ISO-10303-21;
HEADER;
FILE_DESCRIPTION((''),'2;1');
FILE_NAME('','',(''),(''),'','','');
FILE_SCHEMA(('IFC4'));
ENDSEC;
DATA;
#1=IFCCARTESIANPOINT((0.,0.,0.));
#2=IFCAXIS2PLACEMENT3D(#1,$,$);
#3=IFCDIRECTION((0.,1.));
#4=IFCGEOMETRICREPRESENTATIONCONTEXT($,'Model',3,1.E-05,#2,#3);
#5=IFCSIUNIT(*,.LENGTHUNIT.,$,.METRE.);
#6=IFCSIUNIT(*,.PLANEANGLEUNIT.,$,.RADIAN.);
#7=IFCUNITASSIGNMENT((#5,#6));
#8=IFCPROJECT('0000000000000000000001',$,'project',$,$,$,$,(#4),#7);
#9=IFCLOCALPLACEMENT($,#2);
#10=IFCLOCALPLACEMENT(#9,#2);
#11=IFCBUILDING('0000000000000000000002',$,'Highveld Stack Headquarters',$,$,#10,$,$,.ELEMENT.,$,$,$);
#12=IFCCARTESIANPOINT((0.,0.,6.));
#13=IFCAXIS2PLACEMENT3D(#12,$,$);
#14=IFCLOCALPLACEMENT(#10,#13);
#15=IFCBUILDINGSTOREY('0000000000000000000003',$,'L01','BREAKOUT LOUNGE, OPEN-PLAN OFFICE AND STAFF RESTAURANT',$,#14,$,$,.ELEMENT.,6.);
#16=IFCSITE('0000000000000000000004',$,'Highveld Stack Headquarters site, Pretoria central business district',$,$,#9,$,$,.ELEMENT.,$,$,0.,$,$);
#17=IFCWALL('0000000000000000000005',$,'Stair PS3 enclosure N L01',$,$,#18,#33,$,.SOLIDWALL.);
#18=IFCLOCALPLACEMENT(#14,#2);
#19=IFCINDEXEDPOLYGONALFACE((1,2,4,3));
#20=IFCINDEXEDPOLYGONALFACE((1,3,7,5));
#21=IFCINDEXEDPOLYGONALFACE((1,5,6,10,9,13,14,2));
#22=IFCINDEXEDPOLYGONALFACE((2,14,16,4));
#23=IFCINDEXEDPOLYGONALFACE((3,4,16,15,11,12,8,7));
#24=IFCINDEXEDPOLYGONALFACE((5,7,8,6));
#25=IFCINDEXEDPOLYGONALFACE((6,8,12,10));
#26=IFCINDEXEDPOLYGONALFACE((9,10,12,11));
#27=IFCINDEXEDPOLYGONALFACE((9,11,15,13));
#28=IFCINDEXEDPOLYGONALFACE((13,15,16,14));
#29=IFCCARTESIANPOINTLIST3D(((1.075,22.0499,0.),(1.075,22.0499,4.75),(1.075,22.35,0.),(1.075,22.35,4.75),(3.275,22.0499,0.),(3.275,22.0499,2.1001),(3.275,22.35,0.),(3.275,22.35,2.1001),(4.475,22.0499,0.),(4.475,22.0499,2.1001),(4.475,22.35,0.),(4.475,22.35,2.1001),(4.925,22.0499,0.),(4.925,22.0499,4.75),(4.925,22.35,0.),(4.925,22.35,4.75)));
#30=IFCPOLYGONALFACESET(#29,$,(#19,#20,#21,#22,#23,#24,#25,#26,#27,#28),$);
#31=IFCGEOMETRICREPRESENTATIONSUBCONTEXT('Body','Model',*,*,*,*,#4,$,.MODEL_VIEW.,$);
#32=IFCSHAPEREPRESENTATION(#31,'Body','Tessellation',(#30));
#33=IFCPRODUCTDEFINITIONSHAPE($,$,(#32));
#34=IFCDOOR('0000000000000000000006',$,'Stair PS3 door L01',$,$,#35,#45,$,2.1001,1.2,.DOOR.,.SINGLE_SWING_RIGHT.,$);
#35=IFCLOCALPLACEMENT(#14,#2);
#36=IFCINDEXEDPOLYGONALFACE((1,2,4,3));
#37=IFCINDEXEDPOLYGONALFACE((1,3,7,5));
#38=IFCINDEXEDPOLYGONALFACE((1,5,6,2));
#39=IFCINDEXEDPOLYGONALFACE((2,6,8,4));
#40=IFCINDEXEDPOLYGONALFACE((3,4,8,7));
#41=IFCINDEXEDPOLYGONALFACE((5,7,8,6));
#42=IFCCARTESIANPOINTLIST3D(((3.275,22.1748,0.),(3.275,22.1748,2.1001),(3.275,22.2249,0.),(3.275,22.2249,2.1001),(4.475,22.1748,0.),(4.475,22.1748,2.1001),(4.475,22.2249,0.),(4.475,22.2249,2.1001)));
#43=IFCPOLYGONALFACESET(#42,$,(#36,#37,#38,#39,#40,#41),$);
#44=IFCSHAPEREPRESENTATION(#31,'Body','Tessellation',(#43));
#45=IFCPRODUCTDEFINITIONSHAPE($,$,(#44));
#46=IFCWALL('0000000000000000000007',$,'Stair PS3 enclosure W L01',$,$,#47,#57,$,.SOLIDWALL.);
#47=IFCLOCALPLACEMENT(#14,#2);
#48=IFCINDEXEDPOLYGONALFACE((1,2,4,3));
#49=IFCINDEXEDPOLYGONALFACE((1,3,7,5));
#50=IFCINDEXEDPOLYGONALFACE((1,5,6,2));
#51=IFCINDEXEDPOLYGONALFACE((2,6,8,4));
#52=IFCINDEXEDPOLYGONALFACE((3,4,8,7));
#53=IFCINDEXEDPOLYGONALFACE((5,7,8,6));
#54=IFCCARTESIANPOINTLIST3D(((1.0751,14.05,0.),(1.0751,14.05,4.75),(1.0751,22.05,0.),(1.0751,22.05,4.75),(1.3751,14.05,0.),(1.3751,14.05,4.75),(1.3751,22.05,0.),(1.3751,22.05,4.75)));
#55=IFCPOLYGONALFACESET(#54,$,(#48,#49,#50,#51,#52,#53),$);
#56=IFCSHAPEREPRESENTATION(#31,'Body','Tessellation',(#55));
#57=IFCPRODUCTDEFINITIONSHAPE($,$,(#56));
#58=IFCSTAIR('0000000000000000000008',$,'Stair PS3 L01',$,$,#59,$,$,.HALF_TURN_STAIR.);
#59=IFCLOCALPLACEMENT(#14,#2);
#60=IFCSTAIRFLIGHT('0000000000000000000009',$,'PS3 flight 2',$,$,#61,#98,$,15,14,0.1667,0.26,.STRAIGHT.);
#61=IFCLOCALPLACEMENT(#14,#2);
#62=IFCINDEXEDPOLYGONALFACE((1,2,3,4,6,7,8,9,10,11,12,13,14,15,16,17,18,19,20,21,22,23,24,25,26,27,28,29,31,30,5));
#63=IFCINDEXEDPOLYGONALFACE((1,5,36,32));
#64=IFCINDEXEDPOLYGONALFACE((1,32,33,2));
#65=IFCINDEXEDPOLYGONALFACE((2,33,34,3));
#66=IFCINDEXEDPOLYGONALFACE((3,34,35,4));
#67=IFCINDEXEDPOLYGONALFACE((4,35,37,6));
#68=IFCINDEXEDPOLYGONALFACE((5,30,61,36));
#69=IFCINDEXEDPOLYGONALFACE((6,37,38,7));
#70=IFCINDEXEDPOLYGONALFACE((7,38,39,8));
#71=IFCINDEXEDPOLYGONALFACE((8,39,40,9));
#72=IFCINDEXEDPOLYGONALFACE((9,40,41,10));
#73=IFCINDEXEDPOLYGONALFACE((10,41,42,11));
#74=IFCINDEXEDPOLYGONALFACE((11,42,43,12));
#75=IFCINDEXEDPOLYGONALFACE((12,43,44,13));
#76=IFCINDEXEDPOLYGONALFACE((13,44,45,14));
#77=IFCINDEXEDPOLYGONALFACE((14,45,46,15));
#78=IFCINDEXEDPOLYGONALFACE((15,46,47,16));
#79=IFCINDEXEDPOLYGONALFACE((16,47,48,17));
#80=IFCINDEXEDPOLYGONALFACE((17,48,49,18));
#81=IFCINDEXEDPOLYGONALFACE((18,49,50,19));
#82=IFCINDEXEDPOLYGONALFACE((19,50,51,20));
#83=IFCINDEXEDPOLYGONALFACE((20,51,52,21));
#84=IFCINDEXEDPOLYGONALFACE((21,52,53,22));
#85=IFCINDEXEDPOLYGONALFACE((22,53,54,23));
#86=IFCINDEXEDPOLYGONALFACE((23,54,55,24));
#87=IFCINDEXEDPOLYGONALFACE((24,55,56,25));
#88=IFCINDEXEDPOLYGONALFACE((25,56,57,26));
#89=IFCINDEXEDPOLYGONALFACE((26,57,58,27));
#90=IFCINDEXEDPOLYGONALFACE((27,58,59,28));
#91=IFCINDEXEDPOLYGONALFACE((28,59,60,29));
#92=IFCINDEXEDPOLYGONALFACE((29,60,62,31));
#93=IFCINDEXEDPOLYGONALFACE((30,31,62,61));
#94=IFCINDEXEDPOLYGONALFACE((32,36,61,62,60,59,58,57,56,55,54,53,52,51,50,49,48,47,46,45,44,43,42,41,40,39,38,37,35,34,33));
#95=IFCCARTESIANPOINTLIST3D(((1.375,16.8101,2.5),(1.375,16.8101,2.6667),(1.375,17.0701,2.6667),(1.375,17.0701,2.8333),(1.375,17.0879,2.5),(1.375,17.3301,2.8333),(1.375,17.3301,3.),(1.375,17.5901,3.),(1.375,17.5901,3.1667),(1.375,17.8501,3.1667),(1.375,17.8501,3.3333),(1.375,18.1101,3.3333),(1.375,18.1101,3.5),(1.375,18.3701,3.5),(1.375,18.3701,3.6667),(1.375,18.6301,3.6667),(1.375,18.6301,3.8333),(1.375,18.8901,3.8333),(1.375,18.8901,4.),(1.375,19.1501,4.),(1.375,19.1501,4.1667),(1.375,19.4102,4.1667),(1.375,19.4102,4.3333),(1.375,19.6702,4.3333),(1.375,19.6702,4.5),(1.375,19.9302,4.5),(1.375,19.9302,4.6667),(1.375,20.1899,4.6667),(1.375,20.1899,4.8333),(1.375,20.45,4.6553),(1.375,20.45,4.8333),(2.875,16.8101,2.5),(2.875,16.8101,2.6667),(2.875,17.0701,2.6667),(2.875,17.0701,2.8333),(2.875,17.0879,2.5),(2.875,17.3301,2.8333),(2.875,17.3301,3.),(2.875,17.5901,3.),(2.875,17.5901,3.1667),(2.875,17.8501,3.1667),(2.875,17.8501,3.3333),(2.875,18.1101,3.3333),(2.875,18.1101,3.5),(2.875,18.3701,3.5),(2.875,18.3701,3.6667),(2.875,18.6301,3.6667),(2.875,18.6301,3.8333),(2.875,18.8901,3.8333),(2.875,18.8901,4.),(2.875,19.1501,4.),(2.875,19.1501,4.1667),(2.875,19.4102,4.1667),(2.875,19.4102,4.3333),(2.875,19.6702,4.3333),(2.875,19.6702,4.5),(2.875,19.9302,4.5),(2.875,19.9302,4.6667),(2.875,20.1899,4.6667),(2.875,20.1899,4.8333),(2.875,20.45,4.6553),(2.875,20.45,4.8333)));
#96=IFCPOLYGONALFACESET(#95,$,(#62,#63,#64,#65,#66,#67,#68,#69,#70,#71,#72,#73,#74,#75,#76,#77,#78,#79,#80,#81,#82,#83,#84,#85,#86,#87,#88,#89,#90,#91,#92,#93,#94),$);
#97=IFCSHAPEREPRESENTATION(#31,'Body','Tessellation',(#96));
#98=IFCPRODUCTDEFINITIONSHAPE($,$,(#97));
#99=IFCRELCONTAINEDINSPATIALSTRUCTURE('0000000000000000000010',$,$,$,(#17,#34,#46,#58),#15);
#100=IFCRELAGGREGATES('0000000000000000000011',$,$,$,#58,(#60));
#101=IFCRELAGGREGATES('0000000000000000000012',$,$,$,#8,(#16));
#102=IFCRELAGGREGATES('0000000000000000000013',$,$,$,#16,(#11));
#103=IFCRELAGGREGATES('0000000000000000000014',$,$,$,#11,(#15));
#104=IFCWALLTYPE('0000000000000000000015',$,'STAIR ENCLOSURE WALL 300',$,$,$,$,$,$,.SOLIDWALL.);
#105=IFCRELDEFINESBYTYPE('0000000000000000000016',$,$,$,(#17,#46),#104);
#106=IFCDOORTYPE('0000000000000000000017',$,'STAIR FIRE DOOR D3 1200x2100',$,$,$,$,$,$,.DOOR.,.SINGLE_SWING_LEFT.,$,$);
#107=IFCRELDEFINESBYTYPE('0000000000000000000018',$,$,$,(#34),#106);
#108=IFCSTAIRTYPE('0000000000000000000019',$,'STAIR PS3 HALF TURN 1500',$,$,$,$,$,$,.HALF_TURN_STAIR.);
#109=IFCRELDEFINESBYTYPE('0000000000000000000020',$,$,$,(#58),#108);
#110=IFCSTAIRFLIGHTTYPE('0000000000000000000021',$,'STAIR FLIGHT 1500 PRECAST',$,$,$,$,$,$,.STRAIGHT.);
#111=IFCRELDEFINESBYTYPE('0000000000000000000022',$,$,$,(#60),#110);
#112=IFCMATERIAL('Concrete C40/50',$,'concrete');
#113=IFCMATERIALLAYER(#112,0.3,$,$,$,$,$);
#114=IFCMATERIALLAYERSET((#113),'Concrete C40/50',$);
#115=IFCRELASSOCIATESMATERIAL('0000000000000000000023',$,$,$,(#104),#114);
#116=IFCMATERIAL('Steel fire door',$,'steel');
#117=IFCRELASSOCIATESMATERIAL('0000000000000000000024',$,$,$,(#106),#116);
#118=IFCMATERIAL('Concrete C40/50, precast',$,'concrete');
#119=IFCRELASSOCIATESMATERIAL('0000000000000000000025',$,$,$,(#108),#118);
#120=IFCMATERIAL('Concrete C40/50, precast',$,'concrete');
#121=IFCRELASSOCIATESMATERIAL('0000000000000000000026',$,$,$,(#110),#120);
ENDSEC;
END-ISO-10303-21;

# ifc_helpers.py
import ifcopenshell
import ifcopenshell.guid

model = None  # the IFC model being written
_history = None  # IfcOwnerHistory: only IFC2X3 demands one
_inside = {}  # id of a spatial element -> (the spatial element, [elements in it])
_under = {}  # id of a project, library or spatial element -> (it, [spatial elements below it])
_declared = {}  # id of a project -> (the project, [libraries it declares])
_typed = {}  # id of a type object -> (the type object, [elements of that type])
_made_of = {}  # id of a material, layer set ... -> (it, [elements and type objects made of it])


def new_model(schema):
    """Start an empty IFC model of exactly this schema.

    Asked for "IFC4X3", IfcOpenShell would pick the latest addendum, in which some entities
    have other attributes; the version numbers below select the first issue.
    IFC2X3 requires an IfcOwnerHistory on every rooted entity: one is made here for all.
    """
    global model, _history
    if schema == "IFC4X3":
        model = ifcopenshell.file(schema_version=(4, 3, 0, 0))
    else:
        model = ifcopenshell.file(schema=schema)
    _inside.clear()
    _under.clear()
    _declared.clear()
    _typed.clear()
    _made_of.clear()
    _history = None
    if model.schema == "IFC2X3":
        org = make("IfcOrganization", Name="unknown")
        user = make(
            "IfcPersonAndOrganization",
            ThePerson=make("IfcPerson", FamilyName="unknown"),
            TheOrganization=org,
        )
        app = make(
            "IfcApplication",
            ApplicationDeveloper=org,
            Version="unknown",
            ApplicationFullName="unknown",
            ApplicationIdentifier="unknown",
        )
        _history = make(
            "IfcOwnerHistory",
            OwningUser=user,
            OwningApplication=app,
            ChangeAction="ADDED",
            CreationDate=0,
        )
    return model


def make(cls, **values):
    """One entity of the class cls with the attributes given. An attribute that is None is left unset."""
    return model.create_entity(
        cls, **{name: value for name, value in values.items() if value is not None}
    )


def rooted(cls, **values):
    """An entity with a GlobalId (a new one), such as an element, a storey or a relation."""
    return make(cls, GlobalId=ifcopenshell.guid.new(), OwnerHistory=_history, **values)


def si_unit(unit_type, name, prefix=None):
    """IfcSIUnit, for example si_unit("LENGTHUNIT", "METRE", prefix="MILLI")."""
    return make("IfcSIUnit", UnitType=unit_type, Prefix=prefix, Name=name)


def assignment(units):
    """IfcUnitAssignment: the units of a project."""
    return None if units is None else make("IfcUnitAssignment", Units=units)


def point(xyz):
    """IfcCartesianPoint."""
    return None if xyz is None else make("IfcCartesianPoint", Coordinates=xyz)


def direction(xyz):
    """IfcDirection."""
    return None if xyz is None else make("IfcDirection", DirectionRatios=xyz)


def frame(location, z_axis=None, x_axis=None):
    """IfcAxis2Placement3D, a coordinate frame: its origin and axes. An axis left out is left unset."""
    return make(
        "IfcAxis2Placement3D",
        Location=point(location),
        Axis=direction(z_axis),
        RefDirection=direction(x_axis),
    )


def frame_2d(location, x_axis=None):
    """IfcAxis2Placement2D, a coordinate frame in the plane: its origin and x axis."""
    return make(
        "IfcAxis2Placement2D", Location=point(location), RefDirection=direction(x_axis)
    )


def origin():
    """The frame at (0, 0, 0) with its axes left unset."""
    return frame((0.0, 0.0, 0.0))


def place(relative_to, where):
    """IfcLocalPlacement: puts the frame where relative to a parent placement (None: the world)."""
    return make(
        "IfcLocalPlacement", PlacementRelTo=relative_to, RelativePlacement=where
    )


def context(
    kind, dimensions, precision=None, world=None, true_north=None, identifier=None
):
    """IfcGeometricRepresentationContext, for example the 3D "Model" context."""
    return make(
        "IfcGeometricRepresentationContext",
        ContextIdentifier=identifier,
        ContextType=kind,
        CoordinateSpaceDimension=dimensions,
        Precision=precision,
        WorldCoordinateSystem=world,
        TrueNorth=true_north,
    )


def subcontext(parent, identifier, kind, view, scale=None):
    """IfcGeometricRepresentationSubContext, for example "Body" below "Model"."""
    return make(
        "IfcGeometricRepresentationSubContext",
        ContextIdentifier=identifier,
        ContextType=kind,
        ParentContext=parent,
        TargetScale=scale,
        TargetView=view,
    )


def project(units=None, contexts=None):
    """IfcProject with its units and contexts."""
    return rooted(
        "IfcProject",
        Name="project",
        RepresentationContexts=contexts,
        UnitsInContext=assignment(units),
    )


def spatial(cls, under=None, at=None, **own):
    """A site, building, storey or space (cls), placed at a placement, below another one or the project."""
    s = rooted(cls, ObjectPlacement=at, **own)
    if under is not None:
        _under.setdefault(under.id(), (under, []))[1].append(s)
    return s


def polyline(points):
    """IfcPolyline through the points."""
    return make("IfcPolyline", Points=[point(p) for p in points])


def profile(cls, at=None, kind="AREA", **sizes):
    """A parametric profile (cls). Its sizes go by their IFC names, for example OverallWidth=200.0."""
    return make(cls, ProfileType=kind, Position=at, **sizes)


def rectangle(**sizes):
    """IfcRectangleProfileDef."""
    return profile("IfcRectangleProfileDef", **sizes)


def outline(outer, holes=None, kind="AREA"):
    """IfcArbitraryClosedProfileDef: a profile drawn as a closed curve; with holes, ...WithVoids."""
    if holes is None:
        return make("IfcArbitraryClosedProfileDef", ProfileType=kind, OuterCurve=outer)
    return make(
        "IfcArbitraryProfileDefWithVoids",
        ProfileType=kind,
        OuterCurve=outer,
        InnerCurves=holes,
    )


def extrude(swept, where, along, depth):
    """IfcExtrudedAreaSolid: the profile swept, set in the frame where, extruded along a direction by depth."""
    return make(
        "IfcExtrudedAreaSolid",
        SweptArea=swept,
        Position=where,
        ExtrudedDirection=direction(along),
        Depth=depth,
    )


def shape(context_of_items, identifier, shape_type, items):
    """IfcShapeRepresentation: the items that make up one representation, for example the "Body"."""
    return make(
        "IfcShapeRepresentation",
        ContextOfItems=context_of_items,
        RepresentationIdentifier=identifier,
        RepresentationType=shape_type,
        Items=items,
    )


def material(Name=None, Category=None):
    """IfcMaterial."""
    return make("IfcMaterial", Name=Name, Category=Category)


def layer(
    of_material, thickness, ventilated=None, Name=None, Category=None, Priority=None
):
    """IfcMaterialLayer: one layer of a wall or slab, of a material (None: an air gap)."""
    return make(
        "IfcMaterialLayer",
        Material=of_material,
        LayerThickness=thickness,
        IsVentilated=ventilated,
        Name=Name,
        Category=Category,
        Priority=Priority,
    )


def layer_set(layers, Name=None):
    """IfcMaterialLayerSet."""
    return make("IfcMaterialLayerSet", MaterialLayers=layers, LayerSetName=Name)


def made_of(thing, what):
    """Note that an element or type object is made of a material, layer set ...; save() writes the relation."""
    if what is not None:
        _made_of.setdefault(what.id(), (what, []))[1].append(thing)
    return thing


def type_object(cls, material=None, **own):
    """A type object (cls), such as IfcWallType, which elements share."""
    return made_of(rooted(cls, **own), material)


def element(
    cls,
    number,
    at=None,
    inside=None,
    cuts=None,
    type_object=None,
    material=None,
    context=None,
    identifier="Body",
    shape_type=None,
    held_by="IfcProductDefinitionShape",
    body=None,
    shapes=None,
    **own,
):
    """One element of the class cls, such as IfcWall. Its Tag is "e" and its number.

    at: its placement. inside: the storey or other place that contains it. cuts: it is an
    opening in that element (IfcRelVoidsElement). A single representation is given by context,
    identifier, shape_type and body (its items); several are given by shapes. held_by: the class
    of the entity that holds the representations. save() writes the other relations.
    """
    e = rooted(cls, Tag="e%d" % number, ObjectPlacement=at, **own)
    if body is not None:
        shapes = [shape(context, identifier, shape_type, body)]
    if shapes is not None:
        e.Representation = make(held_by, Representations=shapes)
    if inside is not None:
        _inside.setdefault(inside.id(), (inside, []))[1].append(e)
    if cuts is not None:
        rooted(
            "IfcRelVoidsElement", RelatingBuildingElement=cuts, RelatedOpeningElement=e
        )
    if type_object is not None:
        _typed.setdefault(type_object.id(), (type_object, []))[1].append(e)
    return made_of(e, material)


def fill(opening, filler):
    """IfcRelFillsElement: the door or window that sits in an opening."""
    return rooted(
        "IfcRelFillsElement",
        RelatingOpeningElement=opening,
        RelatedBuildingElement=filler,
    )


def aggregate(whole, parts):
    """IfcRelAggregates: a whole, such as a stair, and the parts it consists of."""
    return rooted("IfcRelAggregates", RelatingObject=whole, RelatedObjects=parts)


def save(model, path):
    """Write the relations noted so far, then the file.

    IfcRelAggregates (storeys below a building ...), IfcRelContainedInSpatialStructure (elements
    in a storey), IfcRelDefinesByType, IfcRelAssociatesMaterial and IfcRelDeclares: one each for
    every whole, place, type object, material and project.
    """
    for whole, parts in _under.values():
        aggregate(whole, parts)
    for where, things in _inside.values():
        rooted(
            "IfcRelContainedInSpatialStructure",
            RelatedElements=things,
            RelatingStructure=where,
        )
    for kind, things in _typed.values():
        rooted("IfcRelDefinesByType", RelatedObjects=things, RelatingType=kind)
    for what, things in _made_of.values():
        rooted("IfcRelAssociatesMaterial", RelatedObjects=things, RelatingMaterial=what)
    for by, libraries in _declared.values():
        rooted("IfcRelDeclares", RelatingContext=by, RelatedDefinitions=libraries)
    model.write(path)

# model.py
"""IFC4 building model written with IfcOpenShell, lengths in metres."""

from ifc_helpers import new_model, si_unit, direction, frame, frame_2d, origin, place, context, subcontext, project, spatial, polyline, rectangle, outline, extrude, material, layer, layer_set, type_object, element, fill, aggregate, save


model = new_model("IFC4")

# Units and contexts
model_context = context("Model", 3, precision=1e-05, world=origin(), true_north=direction((0.0, 1.0)))
body_context = subcontext(model_context, "Body", "Model", "MODEL_VIEW")
ifc_project = project(units=[si_unit("LENGTHUNIT", "METRE"), si_unit("PLANEANGLEUNIT", "RADIAN")], contexts=[model_context])

# Site, building, storey
site_placement = place(None, origin())
site = spatial("IfcSite", under=ifc_project, at=site_placement, Name="Highveld Stack Headquarters site, Pretoria central business district", CompositionType="ELEMENT", RefElevation=0.0)
building_placement = place(site_placement, origin())
building = spatial("IfcBuilding", under=site, at=building_placement, Name="Highveld Stack Headquarters", CompositionType="ELEMENT")
storey_placement = place(building_placement, frame((0.0, 0.0, 6.0)))
storey = spatial("IfcBuildingStorey", under=building, at=storey_placement, Name="L01", Description="BREAKOUT LOUNGE, OPEN-PLAN OFFICE AND STAFF RESTAURANT", CompositionType="ELEMENT", Elevation=6.0)

# Shared definitions
ifc_material_1 = material(Name="Concrete C40/50", Category="concrete")
ifc_layer_1 = layer(ifc_material_1, 0.3)
ifc_layer_set_1 = layer_set([ifc_layer_1], Name="Concrete C40/50")
wall_type_1 = type_object("IfcWallType", Name="STAIR ENCLOSURE WALL 300", PredefinedType="SOLIDWALL", material=ifc_layer_set_1)

# Wall, opening, door
wall_1_placement = place(storey_placement, frame((1.075, 22.2, 0.0), z_axis=(0.0, 0.0, 1.0), x_axis=(1.0, 0.0, 0.0)))
wall_1 = element("IfcWall", 1, at=wall_1_placement, inside=storey, type_object=wall_type_1, Name="Stair PS3 enclosure N L01", PredefinedType="SOLIDWALL", context=body_context, shape_type="SweptSolid", body=[
    extrude(rectangle(XDim=3.8501, YDim=0.3, at=frame_2d((1.925, 0.0))), origin(), (0.0, 0.0, 1.0), 4.75),
])
opening_1_placement = place(wall_1_placement, frame((2.2, 0.0, 0.0)))
opening_1 = element("IfcOpeningElement", 2, at=opening_1_placement, cuts=wall_1, PredefinedType="OPENING", context=body_context, shape_type="SweptSolid", body=[
    extrude(rectangle(XDim=1.2, YDim=2.1001, at=frame_2d((0.6001, 1.05))), frame((0.0, 0.1599, 0.0), z_axis=(0.0, -1.0, 0.0), x_axis=(1.0, 0.0, 0.0)), (0.0, 0.0, 1.0), 0.3201),
])
ifc_material_2 = material(Name="Steel fire door", Category="steel")
door_type_1 = type_object("IfcDoorType", Name="STAIR FIRE DOOR D3 1200x2100", OperationType="SINGLE_SWING_LEFT", PredefinedType="DOOR", material=ifc_material_2)
door_1_placement = place(opening_1_placement, origin())
door_1 = element("IfcDoor", 3, at=door_1_placement, inside=storey, type_object=door_type_1, Name="Stair PS3 door L01", OperationType="SINGLE_SWING_RIGHT", OverallHeight=2.1001, OverallWidth=1.2, PredefinedType="DOOR", context=body_context, shape_type="SweptSolid", body=[
    extrude(rectangle(XDim=1.2, YDim=2.1001, at=frame_2d((0.6001, 1.05))), frame((0.0, 0.0249, 0.0), z_axis=(0.0, -1.0, 0.0), x_axis=(1.0, 0.0, 0.0)), (0.0, 0.0, 1.0), 0.05),
])
fill(opening_1, door_1)

# Wall
wall_2_placement = place(storey_placement, frame((1.2251, 14.05, 0.0), z_axis=(0.0, 0.0, 1.0), x_axis=(0.0, 1.0, 0.0)))
element("IfcWall", 4, at=wall_2_placement, inside=storey, type_object=wall_type_1, Name="Stair PS3 enclosure W L01", PredefinedType="SOLIDWALL", context=body_context, shape_type="SweptSolid", body=[
    extrude(rectangle(XDim=8.0, YDim=0.3, at=frame_2d((4.0, 0.0))), origin(), (0.0, 0.0, 1.0), 4.75),
])

# Stair, stair flight
ifc_material_3 = material(Name="Concrete C40/50, precast", Category="concrete")
stair_type = type_object("IfcStairType", Name="STAIR PS3 HALF TURN 1500", PredefinedType="HALF_TURN_STAIR", material=ifc_material_3)
stair_placement = place(storey_placement, origin())
stair = element("IfcStair", 5, at=stair_placement, inside=storey, type_object=stair_type, Name="Stair PS3 L01", PredefinedType="HALF_TURN_STAIR")
ifc_material_4 = material(Name="Concrete C40/50, precast", Category="concrete")
stair_flight_type = type_object("IfcStairFlightType", Name="STAIR FLIGHT 1500 PRECAST", PredefinedType="STRAIGHT", material=ifc_material_4)
stair_flight_placement = place(storey_placement, frame((2.125, 16.8101, 2.5), z_axis=(0.0, 0.0, 1.0), x_axis=(0.0, 1.0, 0.0)))
stair_flight = element("IfcStairFlight", 6, at=stair_flight_placement, type_object=stair_flight_type, Name="PS3 flight 2", NumberOfRisers=15, NumberOfTreads=14, PredefinedType="STRAIGHT", RiserHeight=0.1667, TreadLength=0.26, context=body_context, shape_type="SweptSolid", body=[
    extrude(outline(polyline([(0.0, 0.0), (0.0, 0.1667), (0.26, 0.1667), (0.26, 0.3333), (0.52, 0.3333), (0.52, 0.5), (0.78, 0.5), (0.78, 0.6667), (1.04, 0.6667), (1.04, 0.8333), (1.3, 0.8333), (1.3, 1.0), (1.5601, 1.0), (1.5601, 1.1667), (1.8201, 1.1667), (1.8201, 1.3333), (2.0801, 1.3333), (2.0801, 1.5), (2.3401, 1.5), (2.3401, 1.6667), (2.6001, 1.6667), (2.6001, 1.8333), (2.8601, 1.8333), (2.8601, 2.0), (3.1201, 2.0), (3.1201, 2.1667), (3.3799, 2.1667), (3.3799, 2.3333), (3.6399, 2.3333), (3.6399, 2.5), (3.6399, 2.1553), (0.2778, 0.0), (0.0, 0.0)])), frame((0.0, 0.75, 0.0), z_axis=(0.0, -1.0, 0.0), x_axis=(1.0, 0.0, 0.0)), (0.0, 0.0, 1.0), 1.5),
])
aggregate(stair, [stair_flight])

save(model, "model.ifc")
